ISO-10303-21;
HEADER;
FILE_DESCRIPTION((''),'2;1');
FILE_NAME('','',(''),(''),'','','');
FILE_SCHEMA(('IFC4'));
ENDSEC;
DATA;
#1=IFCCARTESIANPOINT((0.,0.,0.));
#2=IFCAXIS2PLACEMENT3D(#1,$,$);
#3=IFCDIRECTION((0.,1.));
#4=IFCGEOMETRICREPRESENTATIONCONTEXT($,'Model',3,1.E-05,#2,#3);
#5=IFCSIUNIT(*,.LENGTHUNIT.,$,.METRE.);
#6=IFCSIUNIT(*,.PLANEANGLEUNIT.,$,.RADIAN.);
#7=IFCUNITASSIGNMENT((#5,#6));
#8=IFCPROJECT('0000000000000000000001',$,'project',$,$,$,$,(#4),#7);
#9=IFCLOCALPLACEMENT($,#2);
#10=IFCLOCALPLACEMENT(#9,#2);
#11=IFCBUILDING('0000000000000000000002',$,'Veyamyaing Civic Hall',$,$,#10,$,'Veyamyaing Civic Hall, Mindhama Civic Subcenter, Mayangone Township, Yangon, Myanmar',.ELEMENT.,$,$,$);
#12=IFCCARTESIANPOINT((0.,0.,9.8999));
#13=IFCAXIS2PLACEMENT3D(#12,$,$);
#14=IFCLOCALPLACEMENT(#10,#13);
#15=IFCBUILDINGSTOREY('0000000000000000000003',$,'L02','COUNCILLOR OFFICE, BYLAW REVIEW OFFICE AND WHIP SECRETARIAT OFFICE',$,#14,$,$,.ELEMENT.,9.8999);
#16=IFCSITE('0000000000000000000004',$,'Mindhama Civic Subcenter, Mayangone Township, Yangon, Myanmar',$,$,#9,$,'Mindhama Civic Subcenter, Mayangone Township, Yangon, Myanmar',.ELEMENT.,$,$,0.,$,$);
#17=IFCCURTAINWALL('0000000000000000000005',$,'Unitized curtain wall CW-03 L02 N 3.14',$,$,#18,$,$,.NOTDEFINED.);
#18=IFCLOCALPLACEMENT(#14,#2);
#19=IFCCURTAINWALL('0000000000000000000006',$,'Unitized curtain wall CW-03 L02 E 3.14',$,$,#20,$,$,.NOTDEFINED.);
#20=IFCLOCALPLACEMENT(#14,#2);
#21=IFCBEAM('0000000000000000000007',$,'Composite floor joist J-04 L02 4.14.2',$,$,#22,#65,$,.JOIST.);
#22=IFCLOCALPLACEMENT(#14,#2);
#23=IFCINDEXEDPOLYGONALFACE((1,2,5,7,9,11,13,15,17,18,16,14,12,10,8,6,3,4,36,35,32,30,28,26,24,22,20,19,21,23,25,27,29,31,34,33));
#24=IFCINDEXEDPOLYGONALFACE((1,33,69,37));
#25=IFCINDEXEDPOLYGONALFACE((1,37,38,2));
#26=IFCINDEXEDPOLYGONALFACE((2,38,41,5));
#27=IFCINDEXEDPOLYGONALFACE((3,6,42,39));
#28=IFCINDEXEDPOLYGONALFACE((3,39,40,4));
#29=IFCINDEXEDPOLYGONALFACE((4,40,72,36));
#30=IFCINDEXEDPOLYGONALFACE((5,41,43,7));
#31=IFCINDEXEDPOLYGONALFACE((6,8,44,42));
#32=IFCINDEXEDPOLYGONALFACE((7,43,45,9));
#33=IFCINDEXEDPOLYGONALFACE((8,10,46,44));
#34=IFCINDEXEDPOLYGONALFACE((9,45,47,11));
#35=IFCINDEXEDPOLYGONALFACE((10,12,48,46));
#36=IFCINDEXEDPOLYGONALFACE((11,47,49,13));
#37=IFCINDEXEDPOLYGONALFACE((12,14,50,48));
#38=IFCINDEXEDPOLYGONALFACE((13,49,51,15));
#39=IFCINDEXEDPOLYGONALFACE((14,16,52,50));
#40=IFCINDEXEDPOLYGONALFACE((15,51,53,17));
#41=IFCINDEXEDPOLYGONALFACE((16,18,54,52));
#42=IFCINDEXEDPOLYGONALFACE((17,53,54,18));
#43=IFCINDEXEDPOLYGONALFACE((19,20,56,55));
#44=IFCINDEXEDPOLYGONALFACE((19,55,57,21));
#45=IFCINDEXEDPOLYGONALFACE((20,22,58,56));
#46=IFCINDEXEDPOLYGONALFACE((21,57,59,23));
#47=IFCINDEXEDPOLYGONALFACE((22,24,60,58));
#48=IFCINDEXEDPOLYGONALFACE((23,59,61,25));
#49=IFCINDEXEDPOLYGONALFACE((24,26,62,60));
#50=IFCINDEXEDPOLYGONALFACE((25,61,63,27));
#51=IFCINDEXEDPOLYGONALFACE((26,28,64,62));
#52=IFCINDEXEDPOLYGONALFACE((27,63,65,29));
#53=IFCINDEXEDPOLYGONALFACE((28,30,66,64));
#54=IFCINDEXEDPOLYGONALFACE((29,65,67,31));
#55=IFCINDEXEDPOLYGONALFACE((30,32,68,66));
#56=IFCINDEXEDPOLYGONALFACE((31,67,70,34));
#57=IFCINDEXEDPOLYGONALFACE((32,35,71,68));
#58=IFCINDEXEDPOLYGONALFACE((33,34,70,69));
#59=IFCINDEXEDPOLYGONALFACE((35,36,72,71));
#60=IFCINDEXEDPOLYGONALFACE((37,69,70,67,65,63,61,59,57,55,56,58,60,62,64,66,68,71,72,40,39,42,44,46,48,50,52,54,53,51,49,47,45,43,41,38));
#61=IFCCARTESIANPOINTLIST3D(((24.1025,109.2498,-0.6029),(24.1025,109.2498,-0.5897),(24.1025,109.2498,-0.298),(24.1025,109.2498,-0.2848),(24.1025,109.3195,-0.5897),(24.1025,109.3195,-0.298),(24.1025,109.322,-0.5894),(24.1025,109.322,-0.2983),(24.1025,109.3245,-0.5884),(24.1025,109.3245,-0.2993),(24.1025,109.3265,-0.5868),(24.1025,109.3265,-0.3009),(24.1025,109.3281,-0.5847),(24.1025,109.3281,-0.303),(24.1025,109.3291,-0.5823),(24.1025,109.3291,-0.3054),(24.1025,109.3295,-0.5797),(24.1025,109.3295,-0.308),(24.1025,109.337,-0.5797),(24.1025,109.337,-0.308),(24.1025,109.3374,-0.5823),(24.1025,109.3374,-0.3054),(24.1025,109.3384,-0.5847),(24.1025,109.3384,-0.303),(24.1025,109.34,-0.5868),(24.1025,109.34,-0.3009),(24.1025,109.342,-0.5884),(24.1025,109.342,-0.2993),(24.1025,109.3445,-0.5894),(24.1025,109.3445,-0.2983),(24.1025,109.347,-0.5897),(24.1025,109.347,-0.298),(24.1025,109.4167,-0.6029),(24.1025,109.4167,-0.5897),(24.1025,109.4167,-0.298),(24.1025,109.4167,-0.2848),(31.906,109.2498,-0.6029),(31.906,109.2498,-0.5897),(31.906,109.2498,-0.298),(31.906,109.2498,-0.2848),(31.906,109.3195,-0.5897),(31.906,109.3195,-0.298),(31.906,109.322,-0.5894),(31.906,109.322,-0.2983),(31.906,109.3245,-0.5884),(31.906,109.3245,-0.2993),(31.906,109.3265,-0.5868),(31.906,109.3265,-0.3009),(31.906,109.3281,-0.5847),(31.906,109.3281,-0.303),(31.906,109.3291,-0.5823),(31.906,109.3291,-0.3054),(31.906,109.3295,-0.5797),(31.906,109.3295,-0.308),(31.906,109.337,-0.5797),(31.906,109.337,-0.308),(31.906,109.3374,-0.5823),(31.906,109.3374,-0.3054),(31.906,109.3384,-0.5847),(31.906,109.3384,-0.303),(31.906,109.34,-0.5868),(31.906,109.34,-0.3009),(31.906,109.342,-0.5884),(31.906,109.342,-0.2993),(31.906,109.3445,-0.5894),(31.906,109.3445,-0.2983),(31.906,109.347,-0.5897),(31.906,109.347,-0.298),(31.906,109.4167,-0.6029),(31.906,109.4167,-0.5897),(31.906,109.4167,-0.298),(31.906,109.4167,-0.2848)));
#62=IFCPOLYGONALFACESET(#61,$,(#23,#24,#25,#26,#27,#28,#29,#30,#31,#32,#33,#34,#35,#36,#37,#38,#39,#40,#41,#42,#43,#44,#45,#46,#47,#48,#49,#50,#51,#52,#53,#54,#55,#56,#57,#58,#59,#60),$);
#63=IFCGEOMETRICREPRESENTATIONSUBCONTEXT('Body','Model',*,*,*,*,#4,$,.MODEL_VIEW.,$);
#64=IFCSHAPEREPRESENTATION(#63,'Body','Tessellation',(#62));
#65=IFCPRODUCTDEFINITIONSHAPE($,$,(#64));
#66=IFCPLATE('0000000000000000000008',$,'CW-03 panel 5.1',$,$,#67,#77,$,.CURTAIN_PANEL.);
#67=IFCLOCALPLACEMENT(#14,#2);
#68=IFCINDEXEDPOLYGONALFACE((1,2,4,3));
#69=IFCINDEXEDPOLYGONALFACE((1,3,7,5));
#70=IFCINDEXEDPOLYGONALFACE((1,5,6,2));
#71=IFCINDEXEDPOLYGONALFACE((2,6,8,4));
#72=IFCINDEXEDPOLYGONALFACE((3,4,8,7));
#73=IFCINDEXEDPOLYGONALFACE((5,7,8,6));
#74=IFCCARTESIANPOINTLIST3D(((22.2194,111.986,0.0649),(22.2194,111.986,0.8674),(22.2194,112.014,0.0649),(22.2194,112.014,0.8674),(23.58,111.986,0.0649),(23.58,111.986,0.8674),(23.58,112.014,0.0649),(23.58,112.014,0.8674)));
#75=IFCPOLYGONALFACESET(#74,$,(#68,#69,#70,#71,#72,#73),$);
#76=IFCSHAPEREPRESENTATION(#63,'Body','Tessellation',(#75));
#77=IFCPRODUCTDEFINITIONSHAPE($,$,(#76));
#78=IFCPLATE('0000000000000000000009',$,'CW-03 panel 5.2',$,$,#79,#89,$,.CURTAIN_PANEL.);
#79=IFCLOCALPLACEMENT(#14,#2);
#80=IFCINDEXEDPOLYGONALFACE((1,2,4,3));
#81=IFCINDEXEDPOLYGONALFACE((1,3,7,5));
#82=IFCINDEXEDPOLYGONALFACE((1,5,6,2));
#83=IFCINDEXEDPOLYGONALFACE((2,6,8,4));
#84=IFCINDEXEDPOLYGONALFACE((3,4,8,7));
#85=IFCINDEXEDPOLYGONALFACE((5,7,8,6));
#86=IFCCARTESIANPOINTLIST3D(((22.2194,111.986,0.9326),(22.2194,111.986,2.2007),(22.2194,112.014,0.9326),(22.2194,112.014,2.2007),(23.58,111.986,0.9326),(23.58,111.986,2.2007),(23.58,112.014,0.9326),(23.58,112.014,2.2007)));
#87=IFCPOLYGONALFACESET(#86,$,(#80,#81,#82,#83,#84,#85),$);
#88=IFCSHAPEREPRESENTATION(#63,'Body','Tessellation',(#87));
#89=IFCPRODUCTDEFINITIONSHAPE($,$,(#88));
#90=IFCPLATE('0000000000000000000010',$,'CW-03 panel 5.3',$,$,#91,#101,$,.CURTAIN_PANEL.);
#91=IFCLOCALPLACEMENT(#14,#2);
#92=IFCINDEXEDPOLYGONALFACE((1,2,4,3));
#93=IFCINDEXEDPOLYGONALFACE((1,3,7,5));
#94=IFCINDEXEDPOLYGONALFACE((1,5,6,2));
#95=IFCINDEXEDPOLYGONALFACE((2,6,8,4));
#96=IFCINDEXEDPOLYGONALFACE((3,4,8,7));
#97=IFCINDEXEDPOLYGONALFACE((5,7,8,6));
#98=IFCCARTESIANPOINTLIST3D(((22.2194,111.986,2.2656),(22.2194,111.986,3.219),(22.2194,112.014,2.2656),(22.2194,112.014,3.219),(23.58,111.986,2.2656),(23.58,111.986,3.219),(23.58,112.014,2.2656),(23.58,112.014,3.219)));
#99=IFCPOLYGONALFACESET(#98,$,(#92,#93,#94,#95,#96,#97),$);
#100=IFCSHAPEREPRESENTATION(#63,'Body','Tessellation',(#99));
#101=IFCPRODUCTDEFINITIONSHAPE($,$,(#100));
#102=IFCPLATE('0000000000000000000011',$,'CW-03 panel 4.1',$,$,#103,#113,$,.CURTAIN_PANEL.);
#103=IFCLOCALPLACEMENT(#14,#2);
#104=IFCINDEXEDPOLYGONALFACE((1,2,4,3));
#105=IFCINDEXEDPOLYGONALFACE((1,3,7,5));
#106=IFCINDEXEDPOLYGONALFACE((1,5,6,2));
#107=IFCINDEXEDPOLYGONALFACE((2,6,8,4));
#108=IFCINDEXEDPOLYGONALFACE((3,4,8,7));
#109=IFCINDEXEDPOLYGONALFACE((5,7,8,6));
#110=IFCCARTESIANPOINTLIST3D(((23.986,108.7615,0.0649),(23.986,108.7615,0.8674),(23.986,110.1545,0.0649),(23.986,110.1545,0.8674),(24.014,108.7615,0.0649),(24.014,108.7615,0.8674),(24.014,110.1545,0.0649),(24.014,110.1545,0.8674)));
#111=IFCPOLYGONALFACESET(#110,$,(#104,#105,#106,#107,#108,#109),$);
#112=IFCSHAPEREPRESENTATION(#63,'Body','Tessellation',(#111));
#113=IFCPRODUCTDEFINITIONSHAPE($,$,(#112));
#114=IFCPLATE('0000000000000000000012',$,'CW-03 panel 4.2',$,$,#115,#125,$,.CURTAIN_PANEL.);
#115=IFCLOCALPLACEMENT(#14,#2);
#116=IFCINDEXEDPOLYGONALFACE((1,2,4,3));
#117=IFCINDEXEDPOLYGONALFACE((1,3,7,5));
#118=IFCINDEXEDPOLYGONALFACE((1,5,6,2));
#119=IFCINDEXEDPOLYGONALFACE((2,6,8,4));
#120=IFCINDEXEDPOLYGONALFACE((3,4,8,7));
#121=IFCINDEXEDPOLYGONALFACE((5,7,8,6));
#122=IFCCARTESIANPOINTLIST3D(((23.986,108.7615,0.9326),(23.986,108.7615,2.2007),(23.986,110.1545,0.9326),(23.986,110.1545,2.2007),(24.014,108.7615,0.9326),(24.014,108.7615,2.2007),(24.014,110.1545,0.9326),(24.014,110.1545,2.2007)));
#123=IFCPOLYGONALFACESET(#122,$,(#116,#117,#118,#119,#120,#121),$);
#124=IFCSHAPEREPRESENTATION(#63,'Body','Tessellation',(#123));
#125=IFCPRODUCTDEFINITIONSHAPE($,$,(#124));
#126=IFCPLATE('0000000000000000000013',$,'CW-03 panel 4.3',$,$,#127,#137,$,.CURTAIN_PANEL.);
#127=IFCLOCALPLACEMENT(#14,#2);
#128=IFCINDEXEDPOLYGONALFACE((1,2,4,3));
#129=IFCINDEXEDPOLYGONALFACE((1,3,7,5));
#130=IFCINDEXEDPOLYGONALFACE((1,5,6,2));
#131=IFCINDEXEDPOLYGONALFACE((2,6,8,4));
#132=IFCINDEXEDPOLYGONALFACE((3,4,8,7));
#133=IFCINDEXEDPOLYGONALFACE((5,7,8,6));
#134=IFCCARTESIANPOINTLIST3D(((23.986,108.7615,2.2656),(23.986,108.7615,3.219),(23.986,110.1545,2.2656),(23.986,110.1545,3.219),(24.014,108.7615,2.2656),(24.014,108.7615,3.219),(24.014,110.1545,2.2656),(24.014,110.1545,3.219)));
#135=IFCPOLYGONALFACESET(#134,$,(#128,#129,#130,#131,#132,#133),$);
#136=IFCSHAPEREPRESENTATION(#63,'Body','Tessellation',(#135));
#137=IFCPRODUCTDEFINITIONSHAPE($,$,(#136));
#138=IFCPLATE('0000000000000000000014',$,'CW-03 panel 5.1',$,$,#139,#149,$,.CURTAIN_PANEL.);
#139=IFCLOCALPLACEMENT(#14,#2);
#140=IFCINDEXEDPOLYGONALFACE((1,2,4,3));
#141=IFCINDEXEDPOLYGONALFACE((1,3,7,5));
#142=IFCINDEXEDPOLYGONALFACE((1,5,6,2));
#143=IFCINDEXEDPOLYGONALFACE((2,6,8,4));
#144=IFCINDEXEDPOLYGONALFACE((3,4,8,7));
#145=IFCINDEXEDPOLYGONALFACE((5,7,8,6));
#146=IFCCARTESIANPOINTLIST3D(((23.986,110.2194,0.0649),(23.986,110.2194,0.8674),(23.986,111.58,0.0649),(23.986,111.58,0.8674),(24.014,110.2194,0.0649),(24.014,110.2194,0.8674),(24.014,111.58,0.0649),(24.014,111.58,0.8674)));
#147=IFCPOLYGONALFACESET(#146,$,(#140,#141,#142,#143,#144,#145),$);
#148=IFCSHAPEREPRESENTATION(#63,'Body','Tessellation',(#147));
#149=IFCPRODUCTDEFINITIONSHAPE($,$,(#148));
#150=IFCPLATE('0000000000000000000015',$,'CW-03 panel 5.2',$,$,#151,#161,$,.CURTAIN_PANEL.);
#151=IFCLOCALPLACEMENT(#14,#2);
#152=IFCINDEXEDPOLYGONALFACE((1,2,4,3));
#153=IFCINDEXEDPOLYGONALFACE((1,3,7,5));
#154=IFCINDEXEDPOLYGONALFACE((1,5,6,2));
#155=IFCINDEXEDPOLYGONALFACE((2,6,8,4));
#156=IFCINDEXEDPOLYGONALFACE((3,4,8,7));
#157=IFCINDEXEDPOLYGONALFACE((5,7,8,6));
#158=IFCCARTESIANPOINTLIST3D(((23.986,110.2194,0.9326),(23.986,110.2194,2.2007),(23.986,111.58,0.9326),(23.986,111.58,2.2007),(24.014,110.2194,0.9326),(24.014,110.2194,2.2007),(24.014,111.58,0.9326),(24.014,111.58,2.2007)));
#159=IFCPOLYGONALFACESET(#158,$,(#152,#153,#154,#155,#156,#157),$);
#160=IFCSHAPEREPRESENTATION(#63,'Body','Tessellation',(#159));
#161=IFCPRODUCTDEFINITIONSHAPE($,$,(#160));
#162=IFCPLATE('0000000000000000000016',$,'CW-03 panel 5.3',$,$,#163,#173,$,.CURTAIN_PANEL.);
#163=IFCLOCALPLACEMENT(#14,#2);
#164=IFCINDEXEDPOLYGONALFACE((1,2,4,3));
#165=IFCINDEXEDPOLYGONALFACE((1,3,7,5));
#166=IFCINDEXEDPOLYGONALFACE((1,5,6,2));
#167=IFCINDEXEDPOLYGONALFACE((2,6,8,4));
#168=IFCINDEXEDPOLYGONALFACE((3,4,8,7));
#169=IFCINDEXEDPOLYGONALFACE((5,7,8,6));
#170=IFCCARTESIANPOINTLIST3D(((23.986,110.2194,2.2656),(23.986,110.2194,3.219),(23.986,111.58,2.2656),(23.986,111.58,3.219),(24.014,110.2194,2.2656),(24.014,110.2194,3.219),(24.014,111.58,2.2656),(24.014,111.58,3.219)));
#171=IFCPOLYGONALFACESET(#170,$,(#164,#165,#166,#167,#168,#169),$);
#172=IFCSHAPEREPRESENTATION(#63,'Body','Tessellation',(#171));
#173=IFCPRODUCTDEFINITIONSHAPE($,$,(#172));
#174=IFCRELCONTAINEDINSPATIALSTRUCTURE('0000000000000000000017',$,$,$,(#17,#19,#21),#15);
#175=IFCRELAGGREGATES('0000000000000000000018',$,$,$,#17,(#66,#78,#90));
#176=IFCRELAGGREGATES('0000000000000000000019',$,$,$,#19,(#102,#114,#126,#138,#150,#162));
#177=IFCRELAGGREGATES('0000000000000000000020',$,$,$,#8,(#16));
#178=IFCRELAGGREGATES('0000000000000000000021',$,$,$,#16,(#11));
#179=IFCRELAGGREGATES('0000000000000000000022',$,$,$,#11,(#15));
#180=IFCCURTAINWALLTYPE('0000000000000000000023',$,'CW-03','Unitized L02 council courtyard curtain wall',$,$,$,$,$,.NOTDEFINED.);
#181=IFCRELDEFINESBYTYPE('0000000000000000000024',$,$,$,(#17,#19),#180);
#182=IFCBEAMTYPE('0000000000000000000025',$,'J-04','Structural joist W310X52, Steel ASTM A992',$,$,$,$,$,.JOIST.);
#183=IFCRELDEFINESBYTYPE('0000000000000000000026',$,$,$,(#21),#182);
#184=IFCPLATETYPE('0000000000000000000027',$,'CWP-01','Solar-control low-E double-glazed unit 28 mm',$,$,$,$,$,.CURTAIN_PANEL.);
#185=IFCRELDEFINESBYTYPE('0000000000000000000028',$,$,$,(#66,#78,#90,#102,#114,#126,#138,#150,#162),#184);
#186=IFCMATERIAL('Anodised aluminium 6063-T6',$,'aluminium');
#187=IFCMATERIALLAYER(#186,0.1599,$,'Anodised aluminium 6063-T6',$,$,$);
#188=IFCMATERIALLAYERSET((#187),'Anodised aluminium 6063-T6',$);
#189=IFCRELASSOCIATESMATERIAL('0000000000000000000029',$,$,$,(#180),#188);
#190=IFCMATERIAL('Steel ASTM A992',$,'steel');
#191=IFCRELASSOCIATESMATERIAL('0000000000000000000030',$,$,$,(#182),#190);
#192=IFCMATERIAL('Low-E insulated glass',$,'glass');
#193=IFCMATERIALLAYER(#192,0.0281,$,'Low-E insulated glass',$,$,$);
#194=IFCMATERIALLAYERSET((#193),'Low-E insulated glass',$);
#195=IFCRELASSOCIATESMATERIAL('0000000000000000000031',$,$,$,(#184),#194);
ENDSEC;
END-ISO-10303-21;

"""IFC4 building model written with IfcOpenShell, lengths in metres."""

from ifc_helpers import new_model, si_unit, direction, frame, origin, origin_2d, place, context, subcontext, project, spatial, rectangle, i_section, extrude, material, layer, layer_set, material_profile, profile_set, type_object, element, aggregate, save


model = new_model("IFC4")

# Units and contexts
model_context = context("Model", 3, precision=1e-05, world=origin(), true_north=direction((0.0, 1.0)))
body_context = subcontext(model_context, "Body", "Model", "MODEL_VIEW")
ifc_project = project(units=[si_unit("LENGTHUNIT", "METRE"), si_unit("PLANEANGLEUNIT", "RADIAN")], contexts=[model_context])

# Site, building, storey
site_placement = place(None, origin())
site = spatial("IfcSite", under=ifc_project, at=site_placement, Name="Mindhama Civic Subcenter, Mayangone Township, Yangon, Myanmar", LongName="Mindhama Civic Subcenter, Mayangone Township, Yangon, Myanmar", CompositionType="ELEMENT", RefElevation=0.0)
building_placement = place(site_placement, origin())
building = spatial("IfcBuilding", under=site, at=building_placement, Name="Veyamyaing Civic Hall", LongName="Veyamyaing Civic Hall, Mindhama Civic Subcenter, Mayangone Township, Yangon, Myanmar", CompositionType="ELEMENT")
storey_placement = place(building_placement, frame((0.0, 0.0, 9.8999)))
storey = spatial("IfcBuildingStorey", under=building, at=storey_placement, Name="L02", Description="COUNCILLOR OFFICE, BYLAW REVIEW OFFICE AND WHIP SECRETARIAT OFFICE", CompositionType="ELEMENT", Elevation=9.8999)

# Shared definitions
ifc_material_1 = material(Name="Steel ASTM A992", Category="steel")

# Curtain wall
ifc_material_2 = material(Name="Anodised aluminium 6063-T6", Category="aluminium")
ifc_layer_1 = layer(ifc_material_2, 0.1599, Name="Anodised aluminium 6063-T6")
ifc_layer_set_1 = layer_set([ifc_layer_1], Name="Anodised aluminium 6063-T6")
curtain_wall_type = type_object("IfcCurtainWallType", Name="CW-03", Description="Unitized L02 council courtyard curtain wall", PredefinedType="NOTDEFINED", material=ifc_layer_set_1)
curtain_wall_1_placement = place(storey_placement, origin())
curtain_wall_1 = element("IfcCurtainWall", 1, at=curtain_wall_1_placement, inside=storey, type_object=curtain_wall_type, Name="Unitized curtain wall CW-03 L02 N 3.14", PredefinedType="NOTDEFINED")

# Curtain wall
curtain_wall_2_placement = place(storey_placement, origin())
curtain_wall_2 = element("IfcCurtainWall", 2, at=curtain_wall_2_placement, inside=storey, type_object=curtain_wall_type, Name="Unitized curtain wall CW-03 L02 E 3.14", PredefinedType="NOTDEFINED")

# Beam
ifc_material_profile_1 = material_profile(ifc_material_1, i_section(OverallWidth=0.167, OverallDepth=0.3181, WebThickness=0.0076, FlangeThickness=0.0132, FilletRadius=0.01, at=origin_2d()), Name="W310X52")
ifc_profile_set_1 = profile_set([ifc_material_profile_1], Name="Steel ASTM A992")
beam_type_1 = type_object("IfcBeamType", Name="J-04", Description="Structural joist W310X52, Steel ASTM A992", PredefinedType="JOIST", material=ifc_profile_set_1)
beam_1_placement = place(storey_placement, frame((24.1025, 109.3333, -0.4438), z_axis=(1.0, 0.0, 0.0), x_axis=(0.0, 1.0, 0.0)))
element("IfcBeam", 3, at=beam_1_placement, inside=storey, type_object=beam_type_1, Name="Composite floor joist J-04 L02 4.14.2", PredefinedType="JOIST", context=body_context, shape_type="SweptSolid", body=[
    extrude(i_section(OverallWidth=0.167, OverallDepth=0.3181, WebThickness=0.0076, FlangeThickness=0.0132, FilletRadius=0.01, at=origin_2d()), origin(), (0.0, 0.0, 1.0), 7.8035),
])

# Plates
ifc_material_3 = material(Name="Low-E insulated glass", Category="glass")
ifc_layer_2 = layer(ifc_material_3, 0.0281, Name="Low-E insulated glass")
ifc_layer_set_2 = layer_set([ifc_layer_2], Name="Low-E insulated glass")
plate_type = type_object("IfcPlateType", Name="CWP-01", Description="Solar-control low-E double-glazed unit 28 mm", PredefinedType="CURTAIN_PANEL", material=ifc_layer_set_2)
plate_1_placement = place(storey_placement, frame((22.8997, 112.0, 0.0649), z_axis=(0.0, 0.0, 1.0), x_axis=(1.0, 0.0, 0.0)))
plate_1 = element("IfcPlate", 4, at=plate_1_placement, type_object=plate_type, Name="CW-03 panel 5.1", PredefinedType="CURTAIN_PANEL", context=body_context, shape_type="SweptSolid", body=[
    extrude(rectangle(XDim=1.3606, YDim=0.0281, at=origin_2d()), origin(), (0.0, 0.0, 1.0), 0.8025),
])
plate_2_placement = place(storey_placement, frame((22.8997, 112.0, 0.9326), z_axis=(0.0, 0.0, 1.0), x_axis=(1.0, 0.0, 0.0)))
plate_2 = element("IfcPlate", 5, at=plate_2_placement, type_object=plate_type, Name="CW-03 panel 5.2", PredefinedType="CURTAIN_PANEL", context=body_context, shape_type="SweptSolid", body=[
    extrude(rectangle(XDim=1.3606, YDim=0.0281, at=origin_2d()), origin(), (0.0, 0.0, 1.0), 1.2681),
])
plate_3_placement = place(storey_placement, frame((22.8997, 112.0, 2.2656), z_axis=(0.0, 0.0, 1.0), x_axis=(1.0, 0.0, 0.0)))
plate_3 = element("IfcPlate", 6, at=plate_3_placement, type_object=plate_type, Name="CW-03 panel 5.3", PredefinedType="CURTAIN_PANEL", context=body_context, shape_type="SweptSolid", body=[
    extrude(rectangle(XDim=1.3606, YDim=0.0281, at=origin_2d()), origin(), (0.0, 0.0, 1.0), 0.9534),
])
aggregate(curtain_wall_1, [plate_1, plate_2, plate_3])
plate_4_placement = place(storey_placement, frame((24.0, 109.458, 0.0649), z_axis=(0.0, 0.0, 1.0), x_axis=(0.0, 1.0, 0.0)))
plate_4 = element("IfcPlate", 7, at=plate_4_placement, type_object=plate_type, Name="CW-03 panel 4.1", PredefinedType="CURTAIN_PANEL", context=body_context, shape_type="SweptSolid", body=[
    extrude(rectangle(XDim=1.3931, YDim=0.0281, at=origin_2d()), origin(), (0.0, 0.0, 1.0), 0.8025),
])
plate_5_placement = place(storey_placement, frame((24.0, 109.458, 0.9326), z_axis=(0.0, 0.0, 1.0), x_axis=(0.0, 1.0, 0.0)))
plate_5 = element("IfcPlate", 8, at=plate_5_placement, type_object=plate_type, Name="CW-03 panel 4.2", PredefinedType="CURTAIN_PANEL", context=body_context, shape_type="SweptSolid", body=[
    extrude(rectangle(XDim=1.3931, YDim=0.0281, at=origin_2d()), origin(), (0.0, 0.0, 1.0), 1.2681),
])
plate_6_placement = place(storey_placement, frame((24.0, 109.458, 2.2656), z_axis=(0.0, 0.0, 1.0), x_axis=(0.0, 1.0, 0.0)))
plate_6 = element("IfcPlate", 9, at=plate_6_placement, type_object=plate_type, Name="CW-03 panel 4.3", PredefinedType="CURTAIN_PANEL", context=body_context, shape_type="SweptSolid", body=[
    extrude(rectangle(XDim=1.3931, YDim=0.0281, at=origin_2d()), origin(), (0.0, 0.0, 1.0), 0.9534),
])
plate_7_placement = place(storey_placement, frame((24.0, 110.8997, 0.0649), z_axis=(0.0, 0.0, 1.0), x_axis=(0.0, 1.0, 0.0)))
plate_7 = element("IfcPlate", 10, at=plate_7_placement, type_object=plate_type, Name="CW-03 panel 5.1", PredefinedType="CURTAIN_PANEL", context=body_context, shape_type="SweptSolid", body=[
    extrude(rectangle(XDim=1.3606, YDim=0.0281, at=origin_2d()), origin(), (0.0, 0.0, 1.0), 0.8025),
])
plate_8_placement = place(storey_placement, frame((24.0, 110.8997, 0.9326), z_axis=(0.0, 0.0, 1.0), x_axis=(0.0, 1.0, 0.0)))
plate_8 = element("IfcPlate", 11, at=plate_8_placement, type_object=plate_type, Name="CW-03 panel 5.2", PredefinedType="CURTAIN_PANEL", context=body_context, shape_type="SweptSolid", body=[
    extrude(rectangle(XDim=1.3606, YDim=0.0281, at=origin_2d()), origin(), (0.0, 0.0, 1.0), 1.2681),
])
plate_9_placement = place(storey_placement, frame((24.0, 110.8997, 2.2656), z_axis=(0.0, 0.0, 1.0), x_axis=(0.0, 1.0, 0.0)))
plate_9 = element("IfcPlate", 12, at=plate_9_placement, type_object=plate_type, Name="CW-03 panel 5.3", PredefinedType="CURTAIN_PANEL", context=body_context, shape_type="SweptSolid", body=[
    extrude(rectangle(XDim=1.3606, YDim=0.0281, at=origin_2d()), origin(), (0.0, 0.0, 1.0), 0.9534),
])
aggregate(curtain_wall_2, [plate_4, plate_5, plate_6, plate_7, plate_8, plate_9])

save(model, "model.ifc")
